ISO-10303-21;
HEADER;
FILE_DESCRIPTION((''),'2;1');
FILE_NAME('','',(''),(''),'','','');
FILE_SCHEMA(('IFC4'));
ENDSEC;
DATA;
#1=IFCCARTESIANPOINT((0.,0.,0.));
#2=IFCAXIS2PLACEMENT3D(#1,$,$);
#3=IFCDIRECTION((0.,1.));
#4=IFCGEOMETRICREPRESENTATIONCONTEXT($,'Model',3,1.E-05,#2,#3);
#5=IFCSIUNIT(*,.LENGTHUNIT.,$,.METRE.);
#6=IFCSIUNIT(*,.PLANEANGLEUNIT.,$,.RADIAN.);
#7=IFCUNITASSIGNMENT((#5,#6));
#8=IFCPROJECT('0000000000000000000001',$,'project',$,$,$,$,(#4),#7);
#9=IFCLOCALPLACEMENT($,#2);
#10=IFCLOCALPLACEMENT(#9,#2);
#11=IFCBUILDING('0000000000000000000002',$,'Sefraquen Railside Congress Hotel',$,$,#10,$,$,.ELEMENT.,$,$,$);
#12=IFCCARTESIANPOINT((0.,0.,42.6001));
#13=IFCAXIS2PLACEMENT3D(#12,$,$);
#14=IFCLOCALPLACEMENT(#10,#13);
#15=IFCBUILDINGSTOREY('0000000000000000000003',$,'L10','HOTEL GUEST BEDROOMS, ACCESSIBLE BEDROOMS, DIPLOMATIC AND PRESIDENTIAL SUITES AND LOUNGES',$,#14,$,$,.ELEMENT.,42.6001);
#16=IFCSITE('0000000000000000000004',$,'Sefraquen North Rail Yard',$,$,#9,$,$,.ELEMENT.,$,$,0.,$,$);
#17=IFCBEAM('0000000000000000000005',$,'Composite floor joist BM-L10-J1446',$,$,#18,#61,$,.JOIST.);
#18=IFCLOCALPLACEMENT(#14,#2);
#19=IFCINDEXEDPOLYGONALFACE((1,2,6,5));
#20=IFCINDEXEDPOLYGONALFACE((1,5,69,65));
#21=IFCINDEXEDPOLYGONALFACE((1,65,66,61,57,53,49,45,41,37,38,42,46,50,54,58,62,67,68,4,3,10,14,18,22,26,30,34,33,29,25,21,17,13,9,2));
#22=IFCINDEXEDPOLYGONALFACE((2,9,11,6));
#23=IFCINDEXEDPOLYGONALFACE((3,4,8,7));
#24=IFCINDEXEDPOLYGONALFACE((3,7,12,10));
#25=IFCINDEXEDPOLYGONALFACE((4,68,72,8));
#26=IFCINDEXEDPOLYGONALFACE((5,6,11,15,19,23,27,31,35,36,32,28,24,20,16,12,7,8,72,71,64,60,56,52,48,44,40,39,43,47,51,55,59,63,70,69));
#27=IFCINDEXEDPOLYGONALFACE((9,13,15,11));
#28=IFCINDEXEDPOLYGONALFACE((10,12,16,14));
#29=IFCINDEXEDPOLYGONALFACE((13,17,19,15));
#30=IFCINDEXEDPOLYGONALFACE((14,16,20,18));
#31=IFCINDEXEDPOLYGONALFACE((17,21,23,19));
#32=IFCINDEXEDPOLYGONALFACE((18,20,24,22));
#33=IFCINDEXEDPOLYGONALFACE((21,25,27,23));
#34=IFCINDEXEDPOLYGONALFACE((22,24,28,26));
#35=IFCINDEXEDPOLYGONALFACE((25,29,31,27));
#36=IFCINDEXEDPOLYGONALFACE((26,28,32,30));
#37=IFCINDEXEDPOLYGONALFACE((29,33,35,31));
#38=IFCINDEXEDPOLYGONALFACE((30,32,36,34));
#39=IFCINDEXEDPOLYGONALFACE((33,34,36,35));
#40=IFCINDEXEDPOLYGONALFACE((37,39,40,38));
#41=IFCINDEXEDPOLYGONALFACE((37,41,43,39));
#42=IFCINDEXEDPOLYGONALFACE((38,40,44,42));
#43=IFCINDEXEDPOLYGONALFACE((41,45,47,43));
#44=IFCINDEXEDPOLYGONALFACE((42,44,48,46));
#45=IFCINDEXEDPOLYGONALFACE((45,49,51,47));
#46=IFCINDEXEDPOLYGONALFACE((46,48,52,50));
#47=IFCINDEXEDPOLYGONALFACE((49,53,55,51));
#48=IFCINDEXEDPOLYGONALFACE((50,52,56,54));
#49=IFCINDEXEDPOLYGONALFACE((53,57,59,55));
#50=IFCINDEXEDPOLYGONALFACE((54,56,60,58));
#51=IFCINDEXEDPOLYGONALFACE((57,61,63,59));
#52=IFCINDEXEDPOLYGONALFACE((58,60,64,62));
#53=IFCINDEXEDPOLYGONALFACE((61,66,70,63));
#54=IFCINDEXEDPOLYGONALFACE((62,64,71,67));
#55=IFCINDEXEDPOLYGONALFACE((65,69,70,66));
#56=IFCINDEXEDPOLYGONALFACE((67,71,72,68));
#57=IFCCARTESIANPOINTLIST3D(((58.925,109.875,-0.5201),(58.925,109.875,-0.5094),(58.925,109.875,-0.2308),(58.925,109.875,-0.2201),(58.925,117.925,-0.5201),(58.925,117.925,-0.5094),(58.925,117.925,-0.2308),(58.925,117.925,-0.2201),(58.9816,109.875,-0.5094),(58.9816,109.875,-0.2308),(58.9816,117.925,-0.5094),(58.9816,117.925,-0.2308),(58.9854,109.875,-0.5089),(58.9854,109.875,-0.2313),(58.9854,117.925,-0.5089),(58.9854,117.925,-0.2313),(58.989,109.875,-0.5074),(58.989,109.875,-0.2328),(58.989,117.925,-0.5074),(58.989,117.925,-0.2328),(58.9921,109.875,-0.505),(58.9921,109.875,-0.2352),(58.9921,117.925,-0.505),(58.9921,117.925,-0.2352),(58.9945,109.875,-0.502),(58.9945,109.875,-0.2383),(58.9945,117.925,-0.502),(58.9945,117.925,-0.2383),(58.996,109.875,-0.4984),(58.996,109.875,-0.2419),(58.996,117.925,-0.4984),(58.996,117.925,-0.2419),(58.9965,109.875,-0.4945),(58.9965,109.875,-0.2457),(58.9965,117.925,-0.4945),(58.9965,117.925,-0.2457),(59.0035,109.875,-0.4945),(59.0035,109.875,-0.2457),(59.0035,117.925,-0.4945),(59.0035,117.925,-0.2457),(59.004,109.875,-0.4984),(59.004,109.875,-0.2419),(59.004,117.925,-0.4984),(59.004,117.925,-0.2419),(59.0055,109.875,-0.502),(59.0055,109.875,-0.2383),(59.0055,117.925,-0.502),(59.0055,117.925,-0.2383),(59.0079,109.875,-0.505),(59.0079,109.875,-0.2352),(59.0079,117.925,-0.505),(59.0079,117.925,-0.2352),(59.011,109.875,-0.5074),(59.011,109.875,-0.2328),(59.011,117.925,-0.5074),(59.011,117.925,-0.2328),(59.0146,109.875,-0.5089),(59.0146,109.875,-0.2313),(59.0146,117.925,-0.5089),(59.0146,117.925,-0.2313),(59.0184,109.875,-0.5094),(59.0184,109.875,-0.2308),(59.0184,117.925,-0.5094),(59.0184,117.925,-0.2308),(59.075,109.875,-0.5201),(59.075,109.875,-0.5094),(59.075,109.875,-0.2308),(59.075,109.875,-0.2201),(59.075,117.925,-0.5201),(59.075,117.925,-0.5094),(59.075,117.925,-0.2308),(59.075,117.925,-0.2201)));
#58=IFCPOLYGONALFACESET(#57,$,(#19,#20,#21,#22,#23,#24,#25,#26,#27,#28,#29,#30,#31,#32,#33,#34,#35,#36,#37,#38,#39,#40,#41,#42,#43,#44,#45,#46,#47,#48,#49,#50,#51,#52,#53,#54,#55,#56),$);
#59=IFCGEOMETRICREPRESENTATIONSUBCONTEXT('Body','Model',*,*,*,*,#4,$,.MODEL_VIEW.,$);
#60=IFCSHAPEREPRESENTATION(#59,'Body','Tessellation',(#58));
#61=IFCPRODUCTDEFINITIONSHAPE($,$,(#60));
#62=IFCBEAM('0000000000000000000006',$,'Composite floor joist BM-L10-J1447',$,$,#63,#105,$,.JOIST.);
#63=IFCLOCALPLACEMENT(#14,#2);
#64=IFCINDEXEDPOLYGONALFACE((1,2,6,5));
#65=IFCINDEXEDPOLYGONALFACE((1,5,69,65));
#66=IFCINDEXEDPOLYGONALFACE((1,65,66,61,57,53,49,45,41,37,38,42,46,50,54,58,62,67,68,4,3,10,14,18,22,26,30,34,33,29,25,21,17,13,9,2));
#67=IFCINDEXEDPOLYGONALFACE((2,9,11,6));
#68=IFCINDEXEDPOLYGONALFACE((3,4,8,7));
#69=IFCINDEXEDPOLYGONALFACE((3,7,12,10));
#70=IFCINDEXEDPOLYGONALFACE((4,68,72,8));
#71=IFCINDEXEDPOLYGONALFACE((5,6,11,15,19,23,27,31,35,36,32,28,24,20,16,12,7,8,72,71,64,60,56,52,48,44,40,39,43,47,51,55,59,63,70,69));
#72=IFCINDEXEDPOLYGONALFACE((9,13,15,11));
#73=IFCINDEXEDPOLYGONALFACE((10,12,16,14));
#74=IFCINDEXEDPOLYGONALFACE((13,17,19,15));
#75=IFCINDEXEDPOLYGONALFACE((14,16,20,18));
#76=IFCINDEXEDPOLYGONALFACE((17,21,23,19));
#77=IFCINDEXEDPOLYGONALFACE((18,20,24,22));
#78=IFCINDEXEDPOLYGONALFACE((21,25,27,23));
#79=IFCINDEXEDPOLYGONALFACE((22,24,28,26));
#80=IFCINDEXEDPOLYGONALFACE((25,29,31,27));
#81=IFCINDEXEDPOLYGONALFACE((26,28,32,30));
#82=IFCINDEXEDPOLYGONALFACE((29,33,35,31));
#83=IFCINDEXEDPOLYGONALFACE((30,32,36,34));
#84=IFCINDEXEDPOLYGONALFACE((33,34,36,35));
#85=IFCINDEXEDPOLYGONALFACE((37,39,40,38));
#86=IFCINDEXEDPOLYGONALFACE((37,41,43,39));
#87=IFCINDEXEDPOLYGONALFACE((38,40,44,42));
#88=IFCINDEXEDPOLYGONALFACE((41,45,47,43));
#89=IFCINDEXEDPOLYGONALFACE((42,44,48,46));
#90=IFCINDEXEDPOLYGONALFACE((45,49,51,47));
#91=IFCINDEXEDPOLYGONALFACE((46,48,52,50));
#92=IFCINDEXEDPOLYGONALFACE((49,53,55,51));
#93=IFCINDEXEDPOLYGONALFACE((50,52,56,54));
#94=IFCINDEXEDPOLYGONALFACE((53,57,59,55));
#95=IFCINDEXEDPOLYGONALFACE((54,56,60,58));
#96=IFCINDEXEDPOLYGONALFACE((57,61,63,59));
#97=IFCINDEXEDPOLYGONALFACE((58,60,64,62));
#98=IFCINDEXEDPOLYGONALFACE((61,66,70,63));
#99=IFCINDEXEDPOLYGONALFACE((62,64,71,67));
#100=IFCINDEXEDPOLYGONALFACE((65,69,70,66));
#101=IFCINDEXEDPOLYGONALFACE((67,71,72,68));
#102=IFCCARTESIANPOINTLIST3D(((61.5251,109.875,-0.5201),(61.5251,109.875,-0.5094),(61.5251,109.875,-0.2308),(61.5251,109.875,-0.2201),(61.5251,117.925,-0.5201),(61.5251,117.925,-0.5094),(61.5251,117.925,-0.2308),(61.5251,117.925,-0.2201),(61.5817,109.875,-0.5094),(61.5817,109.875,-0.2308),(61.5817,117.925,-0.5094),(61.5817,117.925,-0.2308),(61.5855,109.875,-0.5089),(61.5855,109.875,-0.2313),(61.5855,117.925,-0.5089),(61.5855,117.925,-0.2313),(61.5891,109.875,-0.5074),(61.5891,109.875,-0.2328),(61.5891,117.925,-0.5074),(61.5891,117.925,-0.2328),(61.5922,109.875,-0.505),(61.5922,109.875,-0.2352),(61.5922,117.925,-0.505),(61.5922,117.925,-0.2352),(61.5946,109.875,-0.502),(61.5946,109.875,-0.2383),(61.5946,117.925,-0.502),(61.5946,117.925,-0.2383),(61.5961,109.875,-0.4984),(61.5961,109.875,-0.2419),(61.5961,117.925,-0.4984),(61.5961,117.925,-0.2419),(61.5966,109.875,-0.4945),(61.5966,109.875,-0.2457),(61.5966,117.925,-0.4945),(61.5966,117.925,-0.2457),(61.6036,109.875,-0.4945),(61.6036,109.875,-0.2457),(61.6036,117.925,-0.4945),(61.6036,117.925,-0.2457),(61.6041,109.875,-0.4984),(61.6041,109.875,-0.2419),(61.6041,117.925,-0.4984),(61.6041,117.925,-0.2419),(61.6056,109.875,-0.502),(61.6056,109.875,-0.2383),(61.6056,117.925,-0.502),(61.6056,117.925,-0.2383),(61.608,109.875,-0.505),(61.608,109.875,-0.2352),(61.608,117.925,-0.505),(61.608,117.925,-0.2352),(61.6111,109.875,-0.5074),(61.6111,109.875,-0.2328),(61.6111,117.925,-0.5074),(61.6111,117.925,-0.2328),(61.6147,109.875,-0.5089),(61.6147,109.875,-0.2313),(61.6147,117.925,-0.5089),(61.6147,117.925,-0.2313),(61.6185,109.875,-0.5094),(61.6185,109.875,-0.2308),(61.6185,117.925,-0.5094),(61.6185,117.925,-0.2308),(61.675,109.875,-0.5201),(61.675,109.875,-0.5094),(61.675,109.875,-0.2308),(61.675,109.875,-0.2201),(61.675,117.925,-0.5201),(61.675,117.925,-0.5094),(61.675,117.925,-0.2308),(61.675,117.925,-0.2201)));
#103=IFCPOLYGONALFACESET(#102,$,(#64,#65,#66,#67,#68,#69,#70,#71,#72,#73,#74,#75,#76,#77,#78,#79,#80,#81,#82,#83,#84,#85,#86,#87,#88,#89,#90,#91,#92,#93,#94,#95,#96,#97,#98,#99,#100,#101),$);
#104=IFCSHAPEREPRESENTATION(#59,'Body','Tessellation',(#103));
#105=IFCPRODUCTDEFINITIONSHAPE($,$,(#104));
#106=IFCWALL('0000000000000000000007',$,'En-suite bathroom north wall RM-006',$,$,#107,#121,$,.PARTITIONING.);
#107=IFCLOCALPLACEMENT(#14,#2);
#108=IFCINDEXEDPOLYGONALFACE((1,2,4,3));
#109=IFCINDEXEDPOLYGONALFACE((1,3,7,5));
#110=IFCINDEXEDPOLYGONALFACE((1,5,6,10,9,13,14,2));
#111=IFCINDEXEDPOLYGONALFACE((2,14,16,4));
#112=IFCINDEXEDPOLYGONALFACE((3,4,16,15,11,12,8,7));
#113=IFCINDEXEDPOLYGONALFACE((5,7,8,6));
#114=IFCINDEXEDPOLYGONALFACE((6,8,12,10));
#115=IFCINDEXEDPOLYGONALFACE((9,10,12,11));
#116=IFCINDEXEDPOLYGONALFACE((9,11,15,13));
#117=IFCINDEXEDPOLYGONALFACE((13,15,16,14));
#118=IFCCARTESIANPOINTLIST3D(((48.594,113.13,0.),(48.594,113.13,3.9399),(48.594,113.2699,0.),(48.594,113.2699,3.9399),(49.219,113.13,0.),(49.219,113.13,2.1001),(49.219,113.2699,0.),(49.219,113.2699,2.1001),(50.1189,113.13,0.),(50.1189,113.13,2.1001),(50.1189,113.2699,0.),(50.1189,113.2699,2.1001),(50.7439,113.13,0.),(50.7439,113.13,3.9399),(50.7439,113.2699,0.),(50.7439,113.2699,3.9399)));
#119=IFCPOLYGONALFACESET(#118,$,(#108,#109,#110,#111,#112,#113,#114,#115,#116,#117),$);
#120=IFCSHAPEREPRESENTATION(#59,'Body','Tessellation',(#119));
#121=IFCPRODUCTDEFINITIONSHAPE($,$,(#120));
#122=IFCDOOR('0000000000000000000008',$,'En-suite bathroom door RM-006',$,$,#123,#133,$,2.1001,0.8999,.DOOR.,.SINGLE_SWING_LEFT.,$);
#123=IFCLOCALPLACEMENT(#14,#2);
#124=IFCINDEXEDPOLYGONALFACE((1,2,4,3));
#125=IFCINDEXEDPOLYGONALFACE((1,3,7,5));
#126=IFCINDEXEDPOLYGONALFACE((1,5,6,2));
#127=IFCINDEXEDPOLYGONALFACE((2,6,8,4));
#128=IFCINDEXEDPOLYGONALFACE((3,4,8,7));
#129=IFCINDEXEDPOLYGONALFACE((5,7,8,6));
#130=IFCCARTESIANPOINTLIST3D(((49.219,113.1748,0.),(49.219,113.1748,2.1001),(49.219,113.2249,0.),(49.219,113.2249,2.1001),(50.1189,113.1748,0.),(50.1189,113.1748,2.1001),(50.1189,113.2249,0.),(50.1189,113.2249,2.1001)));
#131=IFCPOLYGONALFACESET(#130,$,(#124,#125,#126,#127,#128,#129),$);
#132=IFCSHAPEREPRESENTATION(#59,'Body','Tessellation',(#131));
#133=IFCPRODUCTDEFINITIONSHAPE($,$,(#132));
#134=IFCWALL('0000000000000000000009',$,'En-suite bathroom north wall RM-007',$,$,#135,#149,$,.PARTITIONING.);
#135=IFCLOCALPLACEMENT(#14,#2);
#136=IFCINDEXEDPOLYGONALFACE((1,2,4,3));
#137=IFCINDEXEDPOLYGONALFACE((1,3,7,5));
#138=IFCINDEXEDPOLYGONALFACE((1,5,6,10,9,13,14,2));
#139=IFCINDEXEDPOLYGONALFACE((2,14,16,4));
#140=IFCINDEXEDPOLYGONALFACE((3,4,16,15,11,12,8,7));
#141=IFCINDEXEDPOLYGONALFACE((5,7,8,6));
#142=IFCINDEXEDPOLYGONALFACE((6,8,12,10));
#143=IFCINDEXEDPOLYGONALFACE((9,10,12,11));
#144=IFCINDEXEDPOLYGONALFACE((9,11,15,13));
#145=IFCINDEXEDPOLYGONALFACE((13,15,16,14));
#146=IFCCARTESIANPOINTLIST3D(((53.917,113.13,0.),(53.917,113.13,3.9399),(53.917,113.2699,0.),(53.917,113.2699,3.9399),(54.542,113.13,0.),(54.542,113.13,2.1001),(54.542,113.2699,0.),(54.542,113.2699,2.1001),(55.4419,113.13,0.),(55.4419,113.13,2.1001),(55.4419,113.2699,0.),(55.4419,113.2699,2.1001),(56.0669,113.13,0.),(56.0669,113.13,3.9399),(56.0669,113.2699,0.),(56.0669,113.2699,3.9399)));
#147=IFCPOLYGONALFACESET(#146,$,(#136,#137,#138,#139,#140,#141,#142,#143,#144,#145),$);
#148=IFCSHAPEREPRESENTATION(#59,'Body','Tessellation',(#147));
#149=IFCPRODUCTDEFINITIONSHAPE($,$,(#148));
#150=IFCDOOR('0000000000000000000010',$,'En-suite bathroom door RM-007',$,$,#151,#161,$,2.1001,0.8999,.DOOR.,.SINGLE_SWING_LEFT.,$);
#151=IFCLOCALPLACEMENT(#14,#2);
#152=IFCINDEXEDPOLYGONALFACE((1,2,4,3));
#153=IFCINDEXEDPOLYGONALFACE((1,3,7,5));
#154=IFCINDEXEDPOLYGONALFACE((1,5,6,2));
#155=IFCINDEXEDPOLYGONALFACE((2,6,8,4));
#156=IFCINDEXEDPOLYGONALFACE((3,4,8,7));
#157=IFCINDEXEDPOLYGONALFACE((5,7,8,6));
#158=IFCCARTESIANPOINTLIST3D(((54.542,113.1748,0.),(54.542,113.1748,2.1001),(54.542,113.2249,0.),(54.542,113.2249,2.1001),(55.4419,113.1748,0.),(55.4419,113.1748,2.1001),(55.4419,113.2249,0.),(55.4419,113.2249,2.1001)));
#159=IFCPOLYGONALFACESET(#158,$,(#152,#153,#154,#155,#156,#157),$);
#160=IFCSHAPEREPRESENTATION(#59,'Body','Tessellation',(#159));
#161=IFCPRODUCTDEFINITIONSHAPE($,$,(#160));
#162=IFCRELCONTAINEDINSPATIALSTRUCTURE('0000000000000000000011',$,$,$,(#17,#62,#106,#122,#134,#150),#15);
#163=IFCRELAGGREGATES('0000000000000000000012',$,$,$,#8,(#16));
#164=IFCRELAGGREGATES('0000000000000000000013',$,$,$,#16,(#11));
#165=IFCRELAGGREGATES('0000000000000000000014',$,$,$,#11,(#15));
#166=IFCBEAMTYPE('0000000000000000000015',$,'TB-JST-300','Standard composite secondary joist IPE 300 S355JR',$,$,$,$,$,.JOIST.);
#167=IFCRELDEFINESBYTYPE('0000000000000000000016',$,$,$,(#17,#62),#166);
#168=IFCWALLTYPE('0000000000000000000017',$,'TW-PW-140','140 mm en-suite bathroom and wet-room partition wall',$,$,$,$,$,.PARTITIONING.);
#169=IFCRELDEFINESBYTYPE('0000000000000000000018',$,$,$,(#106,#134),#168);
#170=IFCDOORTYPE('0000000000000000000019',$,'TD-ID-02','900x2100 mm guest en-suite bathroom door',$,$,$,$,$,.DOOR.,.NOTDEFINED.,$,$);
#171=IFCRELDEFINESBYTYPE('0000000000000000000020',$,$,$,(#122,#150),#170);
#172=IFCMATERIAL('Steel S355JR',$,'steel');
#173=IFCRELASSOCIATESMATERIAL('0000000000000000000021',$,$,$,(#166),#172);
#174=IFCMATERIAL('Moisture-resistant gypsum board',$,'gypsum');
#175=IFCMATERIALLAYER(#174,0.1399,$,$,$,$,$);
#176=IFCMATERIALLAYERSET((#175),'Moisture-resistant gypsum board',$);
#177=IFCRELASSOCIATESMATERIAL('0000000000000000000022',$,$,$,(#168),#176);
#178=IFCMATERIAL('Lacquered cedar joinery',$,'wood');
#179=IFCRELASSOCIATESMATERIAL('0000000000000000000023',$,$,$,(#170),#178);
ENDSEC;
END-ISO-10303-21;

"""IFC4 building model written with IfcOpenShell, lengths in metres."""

from ifc_helpers import new_model, si_unit, direction, frame, frame_2d, origin, origin_2d, place, context, subcontext, project, spatial, rectangle, i_section, extrude, material, layer, layer_set, material_profile, profile_set, type_object, element, fill, save


model = new_model("IFC4")

# Units and contexts
model_context = context("Model", 3, precision=1e-05, world=origin(), true_north=direction((0.0, 1.0)))
body_context = subcontext(model_context, "Body", "Model", "MODEL_VIEW")
ifc_project = project(units=[si_unit("LENGTHUNIT", "METRE"), si_unit("PLANEANGLEUNIT", "RADIAN")], contexts=[model_context])

# Site, building, storey
site_placement = place(None, origin())
site = spatial("IfcSite", under=ifc_project, at=site_placement, Name="Sefraquen North Rail Yard", CompositionType="ELEMENT", RefElevation=0.0)
building_placement = place(site_placement, origin())
building = spatial("IfcBuilding", under=site, at=building_placement, Name="Sefraquen Railside Congress Hotel", CompositionType="ELEMENT")
storey_placement = place(building_placement, frame((0.0, 0.0, 42.6001)))
storey = spatial("IfcBuildingStorey", under=building, at=storey_placement, Name="L10", Description="HOTEL GUEST BEDROOMS, ACCESSIBLE BEDROOMS, DIPLOMATIC AND PRESIDENTIAL SUITES AND LOUNGES", CompositionType="ELEMENT", Elevation=42.6001)

# Shared definitions
ifc_material_1 = material(Name="Steel S355JR", Category="steel")

# Beams
ifc_material_profile_1 = material_profile(ifc_material_1, i_section(OverallWidth=0.1499, OverallDepth=0.3, WebThickness=0.0071, FlangeThickness=0.0107, FilletRadius=0.0149, at=origin_2d()), Name="IPE 300")
ifc_profile_set_1 = profile_set([ifc_material_profile_1], Name="Steel S355JR")
beam_type_1 = type_object("IfcBeamType", Name="TB-JST-300", Description="Standard composite secondary joist IPE 300 S355JR", PredefinedType="JOIST", material=ifc_profile_set_1)
for number, where, z_axis, x_axis, name in (
    (1, (59.0, 109.875, -0.3701), (0.0, 1.0, 0.0), (-1.0, 0.0, 0.0), "Composite floor joist BM-L10-J1446"),
    (2, (61.6001, 109.875, -0.3701), (0.0, 1.0, 0.0), (-1.0, 0.0, 0.0), "Composite floor joist BM-L10-J1447"),
):
    element("IfcBeam", number, at=place(storey_placement, frame(where, z_axis=z_axis, x_axis=x_axis)), inside=storey, type_object=beam_type_1, Name=name, PredefinedType="JOIST", context=body_context, shape_type="SweptSolid", body=[
        extrude(i_section(OverallWidth=0.1499, OverallDepth=0.3, WebThickness=0.0071, FlangeThickness=0.0107, FilletRadius=0.0149, at=origin_2d()), origin(), (0.0, 0.0, 1.0), 8.05),
    ])

# Walls, openings, doors
ifc_material_2 = material(Name="Moisture-resistant gypsum board", Category="gypsum")
ifc_layer_1 = layer(ifc_material_2, 0.1399)
ifc_layer_set_1 = layer_set([ifc_layer_1], Name="Moisture-resistant gypsum board")
wall_type = type_object("IfcWallType", Name="TW-PW-140", Description="140 mm en-suite bathroom and wet-room partition wall", PredefinedType="PARTITIONING", material=ifc_layer_set_1)
wall_1_placement = place(storey_placement, frame((48.594, 113.2, 0.0), z_axis=(0.0, 0.0, 1.0), x_axis=(1.0, 0.0, 0.0)))
wall_1 = element("IfcWall", 3, at=wall_1_placement, inside=storey, type_object=wall_type, Name="En-suite bathroom north wall RM-006", PredefinedType="PARTITIONING", context=body_context, shape_type="SweptSolid", body=[
    extrude(rectangle(XDim=2.1499, YDim=0.1399, at=frame_2d((1.075, 0.0))), origin(), (0.0, 0.0, 1.0), 3.9399),
])
opening_1_placement = place(wall_1_placement, frame((0.625, 0.0, 0.0)))
opening_1 = element("IfcOpeningElement", 4, at=opening_1_placement, cuts=wall_1, PredefinedType="OPENING", context=body_context, shape_type="SweptSolid", body=[
    extrude(rectangle(XDim=0.8999, YDim=2.1001, at=frame_2d((0.45, 1.05))), frame((0.0, 0.0798, 0.0), z_axis=(0.0, -1.0, 0.0), x_axis=(1.0, 0.0, 0.0)), (0.0, 0.0, 1.0), 0.1599),
])
ifc_material_3 = material(Name="Lacquered cedar joinery", Category="wood")
door_type = type_object("IfcDoorType", Name="TD-ID-02", Description="900x2100 mm guest en-suite bathroom door", OperationType="NOTDEFINED", PredefinedType="DOOR", material=ifc_material_3)
door_1_placement = place(opening_1_placement, origin())
door_1 = element("IfcDoor", 5, at=door_1_placement, inside=storey, type_object=door_type, Name="En-suite bathroom door RM-006", OperationType="SINGLE_SWING_LEFT", OverallHeight=2.1001, OverallWidth=0.8999, PredefinedType="DOOR", context=body_context, shape_type="SweptSolid", body=[
    extrude(rectangle(XDim=0.8999, YDim=2.1001, at=frame_2d((0.45, 1.05))), frame((0.0, 0.0249, 0.0), z_axis=(0.0, -1.0, 0.0), x_axis=(1.0, 0.0, 0.0)), (0.0, 0.0, 1.0), 0.05),
])
fill(opening_1, door_1)
wall_2_placement = place(storey_placement, frame((53.917, 113.2, 0.0), z_axis=(0.0, 0.0, 1.0), x_axis=(1.0, 0.0, 0.0)))
wall_2 = element("IfcWall", 6, at=wall_2_placement, inside=storey, type_object=wall_type, Name="En-suite bathroom north wall RM-007", PredefinedType="PARTITIONING", context=body_context, shape_type="SweptSolid", body=[
    extrude(rectangle(XDim=2.1499, YDim=0.1399, at=frame_2d((1.075, 0.0))), origin(), (0.0, 0.0, 1.0), 3.9399),
])
opening_2_placement = place(wall_2_placement, frame((0.625, 0.0, 0.0)))
opening_2 = element("IfcOpeningElement", 7, at=opening_2_placement, cuts=wall_2, PredefinedType="OPENING", context=body_context, shape_type="SweptSolid", body=[
    extrude(rectangle(XDim=0.8999, YDim=2.1001, at=frame_2d((0.45, 1.05))), frame((0.0, 0.0798, 0.0), z_axis=(0.0, -1.0, 0.0), x_axis=(1.0, 0.0, 0.0)), (0.0, 0.0, 1.0), 0.1599),
])
door_2_placement = place(opening_2_placement, origin())
door_2 = element("IfcDoor", 8, at=door_2_placement, inside=storey, type_object=door_type, Name="En-suite bathroom door RM-007", OperationType="SINGLE_SWING_LEFT", OverallHeight=2.1001, OverallWidth=0.8999, PredefinedType="DOOR", context=body_context, shape_type="SweptSolid", body=[
    extrude(rectangle(XDim=0.8999, YDim=2.1001, at=frame_2d((0.45, 1.05))), frame((0.0, 0.0249, 0.0), z_axis=(0.0, -1.0, 0.0), x_axis=(1.0, 0.0, 0.0)), (0.0, 0.0, 1.0), 0.05),
])
fill(opening_2, door_2)

save(model, "model.ifc")
